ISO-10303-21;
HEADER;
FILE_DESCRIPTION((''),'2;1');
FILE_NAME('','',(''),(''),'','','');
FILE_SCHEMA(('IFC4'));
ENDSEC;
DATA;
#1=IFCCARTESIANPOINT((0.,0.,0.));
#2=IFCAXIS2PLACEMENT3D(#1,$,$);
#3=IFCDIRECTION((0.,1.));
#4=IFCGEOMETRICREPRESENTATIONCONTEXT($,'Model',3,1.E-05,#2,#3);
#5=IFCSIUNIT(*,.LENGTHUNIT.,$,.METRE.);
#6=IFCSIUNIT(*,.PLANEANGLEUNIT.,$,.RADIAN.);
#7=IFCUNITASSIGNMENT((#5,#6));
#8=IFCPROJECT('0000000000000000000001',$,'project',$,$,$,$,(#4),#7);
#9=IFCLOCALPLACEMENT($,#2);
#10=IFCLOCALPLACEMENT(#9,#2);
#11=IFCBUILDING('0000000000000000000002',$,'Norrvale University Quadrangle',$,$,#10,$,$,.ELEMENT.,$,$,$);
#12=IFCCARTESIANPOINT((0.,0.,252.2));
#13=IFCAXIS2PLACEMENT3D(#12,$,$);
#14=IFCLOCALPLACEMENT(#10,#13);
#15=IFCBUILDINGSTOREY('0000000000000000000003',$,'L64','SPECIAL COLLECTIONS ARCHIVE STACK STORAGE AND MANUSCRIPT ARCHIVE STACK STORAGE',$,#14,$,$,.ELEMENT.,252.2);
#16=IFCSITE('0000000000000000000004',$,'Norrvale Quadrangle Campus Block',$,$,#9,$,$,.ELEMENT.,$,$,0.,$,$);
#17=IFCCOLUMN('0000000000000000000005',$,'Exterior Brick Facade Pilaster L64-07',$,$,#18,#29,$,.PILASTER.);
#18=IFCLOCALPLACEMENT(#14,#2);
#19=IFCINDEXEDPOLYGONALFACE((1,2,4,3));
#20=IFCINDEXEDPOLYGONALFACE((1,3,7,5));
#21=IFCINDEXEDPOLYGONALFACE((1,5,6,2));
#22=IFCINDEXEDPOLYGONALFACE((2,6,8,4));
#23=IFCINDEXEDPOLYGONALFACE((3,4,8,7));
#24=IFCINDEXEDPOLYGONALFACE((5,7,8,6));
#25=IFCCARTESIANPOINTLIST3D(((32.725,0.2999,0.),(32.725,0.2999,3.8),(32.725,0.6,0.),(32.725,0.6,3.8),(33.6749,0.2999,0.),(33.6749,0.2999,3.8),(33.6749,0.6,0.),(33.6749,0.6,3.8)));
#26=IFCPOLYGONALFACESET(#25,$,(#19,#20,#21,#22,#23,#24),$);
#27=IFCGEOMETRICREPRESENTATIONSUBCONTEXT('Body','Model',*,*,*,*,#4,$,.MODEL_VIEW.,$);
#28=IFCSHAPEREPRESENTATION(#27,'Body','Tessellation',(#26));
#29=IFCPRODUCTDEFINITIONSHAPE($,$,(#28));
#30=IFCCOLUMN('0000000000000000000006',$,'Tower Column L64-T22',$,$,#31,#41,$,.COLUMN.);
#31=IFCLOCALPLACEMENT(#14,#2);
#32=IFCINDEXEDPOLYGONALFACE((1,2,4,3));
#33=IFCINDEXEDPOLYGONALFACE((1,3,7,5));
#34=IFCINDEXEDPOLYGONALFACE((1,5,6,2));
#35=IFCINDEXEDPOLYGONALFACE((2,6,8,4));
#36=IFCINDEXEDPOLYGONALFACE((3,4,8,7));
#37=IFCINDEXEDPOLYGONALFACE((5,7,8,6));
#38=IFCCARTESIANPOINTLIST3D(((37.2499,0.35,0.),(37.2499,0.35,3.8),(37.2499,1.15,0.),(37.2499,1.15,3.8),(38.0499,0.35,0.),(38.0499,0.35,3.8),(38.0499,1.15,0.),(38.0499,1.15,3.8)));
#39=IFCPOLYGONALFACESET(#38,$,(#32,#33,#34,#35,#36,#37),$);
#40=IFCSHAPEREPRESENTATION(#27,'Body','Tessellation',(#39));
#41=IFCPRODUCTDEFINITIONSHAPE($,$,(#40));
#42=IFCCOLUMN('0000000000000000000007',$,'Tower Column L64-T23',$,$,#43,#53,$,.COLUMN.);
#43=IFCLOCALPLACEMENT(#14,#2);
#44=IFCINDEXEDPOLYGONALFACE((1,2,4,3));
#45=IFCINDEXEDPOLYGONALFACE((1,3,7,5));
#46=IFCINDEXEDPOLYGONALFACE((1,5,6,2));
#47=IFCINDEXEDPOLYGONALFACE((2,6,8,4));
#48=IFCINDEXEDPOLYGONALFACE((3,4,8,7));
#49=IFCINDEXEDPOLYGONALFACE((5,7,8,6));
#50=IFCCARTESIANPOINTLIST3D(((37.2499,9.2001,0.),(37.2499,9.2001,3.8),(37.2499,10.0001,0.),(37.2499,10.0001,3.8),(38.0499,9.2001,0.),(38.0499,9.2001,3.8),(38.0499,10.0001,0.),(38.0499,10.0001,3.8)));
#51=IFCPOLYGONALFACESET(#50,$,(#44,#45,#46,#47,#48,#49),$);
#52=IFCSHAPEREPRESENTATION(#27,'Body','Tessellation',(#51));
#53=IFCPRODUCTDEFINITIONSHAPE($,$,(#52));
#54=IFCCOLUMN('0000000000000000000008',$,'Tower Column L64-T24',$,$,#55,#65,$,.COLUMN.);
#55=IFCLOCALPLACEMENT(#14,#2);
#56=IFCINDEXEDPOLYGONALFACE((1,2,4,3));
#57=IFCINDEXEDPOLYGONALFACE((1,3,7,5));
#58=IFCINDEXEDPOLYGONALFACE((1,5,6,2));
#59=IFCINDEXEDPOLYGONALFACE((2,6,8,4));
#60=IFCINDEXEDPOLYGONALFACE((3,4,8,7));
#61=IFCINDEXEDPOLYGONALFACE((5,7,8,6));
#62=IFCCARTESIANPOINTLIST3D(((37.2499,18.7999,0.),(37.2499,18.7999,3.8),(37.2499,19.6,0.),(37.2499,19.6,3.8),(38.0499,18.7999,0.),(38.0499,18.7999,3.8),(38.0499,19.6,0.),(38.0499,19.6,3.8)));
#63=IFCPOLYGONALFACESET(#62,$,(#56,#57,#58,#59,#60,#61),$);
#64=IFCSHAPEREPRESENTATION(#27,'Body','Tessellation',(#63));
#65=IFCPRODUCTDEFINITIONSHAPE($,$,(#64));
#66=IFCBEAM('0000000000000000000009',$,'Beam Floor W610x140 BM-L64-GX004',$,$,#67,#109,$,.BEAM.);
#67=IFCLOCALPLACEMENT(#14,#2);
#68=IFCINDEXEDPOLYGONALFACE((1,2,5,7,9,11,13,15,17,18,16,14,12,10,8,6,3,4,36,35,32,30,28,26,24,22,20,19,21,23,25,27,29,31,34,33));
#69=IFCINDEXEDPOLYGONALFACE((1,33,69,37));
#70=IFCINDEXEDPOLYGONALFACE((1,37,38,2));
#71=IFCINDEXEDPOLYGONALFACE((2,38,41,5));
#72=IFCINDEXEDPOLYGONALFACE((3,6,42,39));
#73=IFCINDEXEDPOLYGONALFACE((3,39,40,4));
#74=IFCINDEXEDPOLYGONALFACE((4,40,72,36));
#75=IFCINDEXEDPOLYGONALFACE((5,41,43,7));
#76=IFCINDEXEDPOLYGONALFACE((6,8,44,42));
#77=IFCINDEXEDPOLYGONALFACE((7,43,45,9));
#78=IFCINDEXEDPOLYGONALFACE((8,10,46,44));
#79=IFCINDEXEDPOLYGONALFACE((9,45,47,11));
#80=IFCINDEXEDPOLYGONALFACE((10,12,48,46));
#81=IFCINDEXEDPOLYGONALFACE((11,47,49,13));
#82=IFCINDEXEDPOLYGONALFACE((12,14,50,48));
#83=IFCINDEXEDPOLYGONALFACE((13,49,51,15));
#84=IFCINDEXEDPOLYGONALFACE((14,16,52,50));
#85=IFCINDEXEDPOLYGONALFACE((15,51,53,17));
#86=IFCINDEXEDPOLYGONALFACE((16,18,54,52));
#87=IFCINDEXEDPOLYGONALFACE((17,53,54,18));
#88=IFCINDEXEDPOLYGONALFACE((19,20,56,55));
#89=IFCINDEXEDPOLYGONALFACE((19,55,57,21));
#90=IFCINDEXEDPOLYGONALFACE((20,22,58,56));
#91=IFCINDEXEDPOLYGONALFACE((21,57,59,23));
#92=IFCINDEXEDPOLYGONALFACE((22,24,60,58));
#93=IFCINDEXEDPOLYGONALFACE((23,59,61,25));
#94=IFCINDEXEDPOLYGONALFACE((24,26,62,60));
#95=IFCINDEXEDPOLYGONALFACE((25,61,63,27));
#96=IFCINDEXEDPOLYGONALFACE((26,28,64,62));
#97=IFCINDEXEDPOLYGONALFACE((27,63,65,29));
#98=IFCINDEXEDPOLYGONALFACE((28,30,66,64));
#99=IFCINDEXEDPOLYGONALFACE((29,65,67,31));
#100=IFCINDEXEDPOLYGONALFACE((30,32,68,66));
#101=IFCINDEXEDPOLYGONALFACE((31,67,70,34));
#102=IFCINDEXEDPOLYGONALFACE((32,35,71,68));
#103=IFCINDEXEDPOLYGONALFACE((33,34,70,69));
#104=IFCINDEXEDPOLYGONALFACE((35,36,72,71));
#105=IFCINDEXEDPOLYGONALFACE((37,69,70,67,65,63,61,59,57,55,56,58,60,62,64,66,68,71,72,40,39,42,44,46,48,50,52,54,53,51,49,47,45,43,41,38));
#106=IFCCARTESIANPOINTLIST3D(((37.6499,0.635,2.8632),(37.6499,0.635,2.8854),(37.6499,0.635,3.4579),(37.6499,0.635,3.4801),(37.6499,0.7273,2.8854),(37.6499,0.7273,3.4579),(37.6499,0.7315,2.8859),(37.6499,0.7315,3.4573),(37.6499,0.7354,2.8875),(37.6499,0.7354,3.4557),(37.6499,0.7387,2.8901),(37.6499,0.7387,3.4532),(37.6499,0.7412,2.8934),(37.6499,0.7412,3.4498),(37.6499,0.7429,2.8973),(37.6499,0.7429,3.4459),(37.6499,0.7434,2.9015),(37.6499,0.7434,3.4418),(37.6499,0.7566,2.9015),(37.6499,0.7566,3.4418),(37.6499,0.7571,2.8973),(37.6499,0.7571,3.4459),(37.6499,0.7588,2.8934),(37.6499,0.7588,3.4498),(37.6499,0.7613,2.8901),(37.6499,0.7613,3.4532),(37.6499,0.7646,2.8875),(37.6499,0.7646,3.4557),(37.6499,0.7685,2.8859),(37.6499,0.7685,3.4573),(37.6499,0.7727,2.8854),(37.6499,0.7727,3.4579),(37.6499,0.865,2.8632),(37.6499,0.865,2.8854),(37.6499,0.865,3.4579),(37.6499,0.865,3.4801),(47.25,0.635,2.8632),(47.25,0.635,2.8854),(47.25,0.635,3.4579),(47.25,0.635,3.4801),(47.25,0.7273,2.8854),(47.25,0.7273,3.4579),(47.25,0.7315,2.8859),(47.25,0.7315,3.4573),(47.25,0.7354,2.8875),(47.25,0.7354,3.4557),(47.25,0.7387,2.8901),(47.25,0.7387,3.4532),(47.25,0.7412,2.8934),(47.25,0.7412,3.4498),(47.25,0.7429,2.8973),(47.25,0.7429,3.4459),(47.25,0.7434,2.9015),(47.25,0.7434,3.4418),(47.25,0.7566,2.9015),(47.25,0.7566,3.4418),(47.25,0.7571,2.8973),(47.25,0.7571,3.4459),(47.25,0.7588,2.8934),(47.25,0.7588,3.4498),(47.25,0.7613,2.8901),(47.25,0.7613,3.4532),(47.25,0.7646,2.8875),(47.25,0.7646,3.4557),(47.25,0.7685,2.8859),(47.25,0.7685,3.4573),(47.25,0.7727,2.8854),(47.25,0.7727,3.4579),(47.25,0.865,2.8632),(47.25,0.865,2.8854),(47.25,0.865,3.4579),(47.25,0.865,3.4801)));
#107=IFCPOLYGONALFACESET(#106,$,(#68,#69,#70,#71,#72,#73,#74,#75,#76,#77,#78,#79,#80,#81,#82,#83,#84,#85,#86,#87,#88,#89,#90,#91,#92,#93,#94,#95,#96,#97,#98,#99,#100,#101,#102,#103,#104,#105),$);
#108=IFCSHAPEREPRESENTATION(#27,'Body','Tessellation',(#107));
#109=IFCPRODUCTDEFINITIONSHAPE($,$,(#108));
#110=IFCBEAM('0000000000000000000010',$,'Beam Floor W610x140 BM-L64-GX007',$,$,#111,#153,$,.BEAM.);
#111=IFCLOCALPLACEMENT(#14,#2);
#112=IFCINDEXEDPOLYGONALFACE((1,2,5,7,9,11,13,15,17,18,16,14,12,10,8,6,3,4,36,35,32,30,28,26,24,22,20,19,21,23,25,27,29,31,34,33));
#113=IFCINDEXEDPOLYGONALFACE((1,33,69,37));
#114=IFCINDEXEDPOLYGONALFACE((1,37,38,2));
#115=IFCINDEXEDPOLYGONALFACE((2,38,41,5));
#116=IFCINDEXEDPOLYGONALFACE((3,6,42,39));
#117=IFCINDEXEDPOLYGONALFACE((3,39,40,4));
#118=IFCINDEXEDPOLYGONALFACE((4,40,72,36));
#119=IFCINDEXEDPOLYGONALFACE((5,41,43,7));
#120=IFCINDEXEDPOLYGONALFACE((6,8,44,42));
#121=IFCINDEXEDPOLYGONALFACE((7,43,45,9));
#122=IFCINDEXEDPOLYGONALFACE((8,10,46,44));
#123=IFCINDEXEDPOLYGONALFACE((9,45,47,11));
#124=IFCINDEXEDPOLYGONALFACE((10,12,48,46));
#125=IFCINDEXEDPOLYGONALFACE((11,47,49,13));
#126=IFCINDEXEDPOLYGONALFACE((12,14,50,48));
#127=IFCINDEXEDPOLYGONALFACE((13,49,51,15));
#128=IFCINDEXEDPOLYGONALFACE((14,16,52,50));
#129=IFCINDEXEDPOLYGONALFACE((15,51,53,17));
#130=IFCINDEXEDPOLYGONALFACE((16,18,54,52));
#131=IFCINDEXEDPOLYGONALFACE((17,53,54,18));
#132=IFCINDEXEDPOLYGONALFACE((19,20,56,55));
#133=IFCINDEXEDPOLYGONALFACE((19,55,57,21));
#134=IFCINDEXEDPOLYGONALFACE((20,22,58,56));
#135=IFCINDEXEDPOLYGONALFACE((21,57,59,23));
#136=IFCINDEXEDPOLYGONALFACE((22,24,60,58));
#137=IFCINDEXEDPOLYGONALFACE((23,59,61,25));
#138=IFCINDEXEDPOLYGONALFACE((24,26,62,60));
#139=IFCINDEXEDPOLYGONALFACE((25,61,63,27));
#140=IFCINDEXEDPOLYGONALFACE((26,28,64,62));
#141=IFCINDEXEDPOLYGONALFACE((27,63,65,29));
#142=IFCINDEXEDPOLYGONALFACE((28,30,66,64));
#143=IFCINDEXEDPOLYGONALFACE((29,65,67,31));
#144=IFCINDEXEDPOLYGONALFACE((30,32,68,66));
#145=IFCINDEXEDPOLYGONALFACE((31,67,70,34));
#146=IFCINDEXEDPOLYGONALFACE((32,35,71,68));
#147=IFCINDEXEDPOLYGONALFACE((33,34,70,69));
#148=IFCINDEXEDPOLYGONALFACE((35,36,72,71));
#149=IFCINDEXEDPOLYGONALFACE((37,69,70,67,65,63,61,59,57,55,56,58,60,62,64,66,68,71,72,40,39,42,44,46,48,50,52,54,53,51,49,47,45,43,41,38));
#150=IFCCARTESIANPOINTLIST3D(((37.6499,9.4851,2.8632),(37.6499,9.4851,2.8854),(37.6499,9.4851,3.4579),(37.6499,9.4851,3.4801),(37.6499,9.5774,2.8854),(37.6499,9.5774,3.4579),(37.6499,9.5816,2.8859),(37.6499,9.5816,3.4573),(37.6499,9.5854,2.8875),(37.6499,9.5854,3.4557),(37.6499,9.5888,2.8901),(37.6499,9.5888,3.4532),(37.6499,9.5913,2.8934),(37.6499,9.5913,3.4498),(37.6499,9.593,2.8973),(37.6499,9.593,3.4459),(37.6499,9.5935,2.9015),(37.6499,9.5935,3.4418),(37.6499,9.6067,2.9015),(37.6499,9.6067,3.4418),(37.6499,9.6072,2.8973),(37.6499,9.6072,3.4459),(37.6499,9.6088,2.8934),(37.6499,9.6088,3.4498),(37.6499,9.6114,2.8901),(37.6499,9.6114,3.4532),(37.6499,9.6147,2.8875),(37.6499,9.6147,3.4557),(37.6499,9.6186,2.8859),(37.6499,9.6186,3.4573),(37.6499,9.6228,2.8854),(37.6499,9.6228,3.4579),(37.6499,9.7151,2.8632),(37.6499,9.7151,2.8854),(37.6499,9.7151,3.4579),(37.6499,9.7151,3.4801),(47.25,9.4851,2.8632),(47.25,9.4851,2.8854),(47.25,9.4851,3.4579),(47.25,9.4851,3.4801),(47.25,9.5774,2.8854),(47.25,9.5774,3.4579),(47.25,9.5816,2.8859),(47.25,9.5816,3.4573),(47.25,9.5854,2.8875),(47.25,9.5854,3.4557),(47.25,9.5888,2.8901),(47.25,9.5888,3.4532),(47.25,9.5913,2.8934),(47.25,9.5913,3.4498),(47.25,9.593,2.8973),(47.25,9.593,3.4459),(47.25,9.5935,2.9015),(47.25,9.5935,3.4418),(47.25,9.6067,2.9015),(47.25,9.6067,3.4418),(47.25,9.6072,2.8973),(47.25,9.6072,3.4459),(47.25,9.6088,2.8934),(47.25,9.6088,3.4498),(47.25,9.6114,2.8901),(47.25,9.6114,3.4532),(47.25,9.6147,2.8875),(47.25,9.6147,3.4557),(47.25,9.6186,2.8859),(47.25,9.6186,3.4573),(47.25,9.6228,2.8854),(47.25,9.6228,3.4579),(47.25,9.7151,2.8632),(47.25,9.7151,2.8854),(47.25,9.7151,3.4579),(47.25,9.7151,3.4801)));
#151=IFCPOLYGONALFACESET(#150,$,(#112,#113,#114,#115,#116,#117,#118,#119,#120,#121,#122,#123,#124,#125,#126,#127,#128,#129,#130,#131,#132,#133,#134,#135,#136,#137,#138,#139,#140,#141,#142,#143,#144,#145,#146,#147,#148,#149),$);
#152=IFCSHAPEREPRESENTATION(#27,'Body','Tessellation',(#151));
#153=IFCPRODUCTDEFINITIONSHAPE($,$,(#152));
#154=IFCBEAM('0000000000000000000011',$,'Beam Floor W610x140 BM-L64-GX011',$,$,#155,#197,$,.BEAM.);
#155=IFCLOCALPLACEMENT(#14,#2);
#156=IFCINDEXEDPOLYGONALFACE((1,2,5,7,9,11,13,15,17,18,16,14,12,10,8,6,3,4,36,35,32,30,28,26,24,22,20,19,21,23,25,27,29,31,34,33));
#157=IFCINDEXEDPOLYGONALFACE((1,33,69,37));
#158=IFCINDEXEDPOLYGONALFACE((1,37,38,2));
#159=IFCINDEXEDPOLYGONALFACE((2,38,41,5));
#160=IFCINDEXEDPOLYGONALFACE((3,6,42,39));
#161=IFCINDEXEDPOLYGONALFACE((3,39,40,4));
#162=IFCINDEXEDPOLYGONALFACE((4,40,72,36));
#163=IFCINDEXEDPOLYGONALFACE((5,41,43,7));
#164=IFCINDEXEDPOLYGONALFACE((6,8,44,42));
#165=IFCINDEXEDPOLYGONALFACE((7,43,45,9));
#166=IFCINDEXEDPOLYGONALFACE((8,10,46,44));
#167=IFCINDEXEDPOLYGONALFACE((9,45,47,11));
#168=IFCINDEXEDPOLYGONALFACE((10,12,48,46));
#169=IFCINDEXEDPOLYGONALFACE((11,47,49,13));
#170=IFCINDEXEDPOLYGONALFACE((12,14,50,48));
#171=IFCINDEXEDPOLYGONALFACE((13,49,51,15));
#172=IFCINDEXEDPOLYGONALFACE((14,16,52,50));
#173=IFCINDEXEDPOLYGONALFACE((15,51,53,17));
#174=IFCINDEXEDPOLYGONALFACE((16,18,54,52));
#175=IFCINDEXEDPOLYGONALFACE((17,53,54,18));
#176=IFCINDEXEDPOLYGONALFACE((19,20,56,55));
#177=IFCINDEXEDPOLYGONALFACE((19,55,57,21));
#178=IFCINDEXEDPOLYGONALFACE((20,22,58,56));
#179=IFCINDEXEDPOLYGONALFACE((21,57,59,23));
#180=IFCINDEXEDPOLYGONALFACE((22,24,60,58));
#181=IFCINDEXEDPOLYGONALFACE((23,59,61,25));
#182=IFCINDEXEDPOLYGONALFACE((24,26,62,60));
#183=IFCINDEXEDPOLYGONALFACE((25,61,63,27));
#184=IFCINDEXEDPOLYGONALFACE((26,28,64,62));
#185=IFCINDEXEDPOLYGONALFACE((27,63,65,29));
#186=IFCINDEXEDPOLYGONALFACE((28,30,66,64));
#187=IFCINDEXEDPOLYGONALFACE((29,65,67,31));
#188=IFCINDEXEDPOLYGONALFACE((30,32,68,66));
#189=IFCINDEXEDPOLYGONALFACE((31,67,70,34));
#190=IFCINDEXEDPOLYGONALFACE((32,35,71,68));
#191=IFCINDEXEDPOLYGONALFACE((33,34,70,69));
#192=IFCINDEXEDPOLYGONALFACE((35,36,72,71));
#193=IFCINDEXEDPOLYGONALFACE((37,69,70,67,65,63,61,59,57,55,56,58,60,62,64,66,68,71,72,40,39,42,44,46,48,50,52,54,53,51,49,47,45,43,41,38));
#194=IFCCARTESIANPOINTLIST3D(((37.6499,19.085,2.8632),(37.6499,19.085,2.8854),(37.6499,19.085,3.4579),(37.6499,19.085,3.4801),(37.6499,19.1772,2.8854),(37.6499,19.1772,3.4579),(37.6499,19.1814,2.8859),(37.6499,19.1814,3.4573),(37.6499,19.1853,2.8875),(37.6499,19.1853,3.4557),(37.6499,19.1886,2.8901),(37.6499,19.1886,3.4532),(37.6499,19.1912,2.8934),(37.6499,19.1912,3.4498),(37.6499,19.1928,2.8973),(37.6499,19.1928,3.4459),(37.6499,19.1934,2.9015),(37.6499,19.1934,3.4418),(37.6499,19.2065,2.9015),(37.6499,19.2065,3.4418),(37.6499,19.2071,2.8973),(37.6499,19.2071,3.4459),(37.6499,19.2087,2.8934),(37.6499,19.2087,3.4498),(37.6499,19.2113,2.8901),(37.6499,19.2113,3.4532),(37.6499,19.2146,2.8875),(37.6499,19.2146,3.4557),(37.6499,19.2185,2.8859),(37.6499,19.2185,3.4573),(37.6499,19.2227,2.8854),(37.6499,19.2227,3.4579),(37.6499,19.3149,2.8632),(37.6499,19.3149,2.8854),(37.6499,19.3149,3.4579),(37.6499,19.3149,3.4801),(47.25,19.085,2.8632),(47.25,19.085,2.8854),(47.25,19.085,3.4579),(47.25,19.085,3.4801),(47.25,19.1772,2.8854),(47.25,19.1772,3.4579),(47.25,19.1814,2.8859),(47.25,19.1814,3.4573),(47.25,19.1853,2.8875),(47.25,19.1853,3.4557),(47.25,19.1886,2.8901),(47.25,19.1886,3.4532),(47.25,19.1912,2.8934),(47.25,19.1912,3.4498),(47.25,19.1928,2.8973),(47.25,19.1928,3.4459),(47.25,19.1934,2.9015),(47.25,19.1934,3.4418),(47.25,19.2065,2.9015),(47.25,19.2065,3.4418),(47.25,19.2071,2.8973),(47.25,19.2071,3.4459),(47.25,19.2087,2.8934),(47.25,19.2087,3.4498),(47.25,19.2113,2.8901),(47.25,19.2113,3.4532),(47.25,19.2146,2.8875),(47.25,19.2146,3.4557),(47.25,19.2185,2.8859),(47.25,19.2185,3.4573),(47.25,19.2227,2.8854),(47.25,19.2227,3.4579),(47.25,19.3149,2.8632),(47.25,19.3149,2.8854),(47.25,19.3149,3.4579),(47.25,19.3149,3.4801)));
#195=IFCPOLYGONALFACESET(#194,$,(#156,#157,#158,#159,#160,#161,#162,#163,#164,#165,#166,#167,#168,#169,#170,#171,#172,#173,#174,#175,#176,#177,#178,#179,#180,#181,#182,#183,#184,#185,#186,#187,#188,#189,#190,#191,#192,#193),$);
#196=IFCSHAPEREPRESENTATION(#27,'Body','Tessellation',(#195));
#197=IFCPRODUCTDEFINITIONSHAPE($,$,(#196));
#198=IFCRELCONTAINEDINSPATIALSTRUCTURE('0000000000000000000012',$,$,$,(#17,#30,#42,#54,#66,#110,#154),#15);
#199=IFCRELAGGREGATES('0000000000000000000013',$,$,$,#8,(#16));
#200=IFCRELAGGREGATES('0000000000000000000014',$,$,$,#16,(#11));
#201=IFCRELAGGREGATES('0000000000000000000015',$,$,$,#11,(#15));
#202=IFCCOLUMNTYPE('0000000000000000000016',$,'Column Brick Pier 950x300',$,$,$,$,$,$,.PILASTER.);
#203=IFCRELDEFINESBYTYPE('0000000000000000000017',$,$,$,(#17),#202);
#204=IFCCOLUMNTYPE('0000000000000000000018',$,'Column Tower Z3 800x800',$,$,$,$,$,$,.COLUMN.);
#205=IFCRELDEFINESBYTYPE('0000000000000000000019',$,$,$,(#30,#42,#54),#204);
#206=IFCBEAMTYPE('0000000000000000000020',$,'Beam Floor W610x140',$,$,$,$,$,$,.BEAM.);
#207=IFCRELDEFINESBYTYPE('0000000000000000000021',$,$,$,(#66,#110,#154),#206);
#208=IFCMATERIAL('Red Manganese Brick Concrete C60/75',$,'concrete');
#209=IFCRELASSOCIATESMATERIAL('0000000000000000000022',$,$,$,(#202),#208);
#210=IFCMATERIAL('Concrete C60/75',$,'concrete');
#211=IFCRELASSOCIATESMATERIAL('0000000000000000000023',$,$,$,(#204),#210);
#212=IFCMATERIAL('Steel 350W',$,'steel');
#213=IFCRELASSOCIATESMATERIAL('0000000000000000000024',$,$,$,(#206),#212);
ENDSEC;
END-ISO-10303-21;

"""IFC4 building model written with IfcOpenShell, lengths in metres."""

from ifc_helpers import new_model, si_unit, direction, frame, origin, origin_2d, place, context, subcontext, project, spatial, rectangle, i_section, extrude, material, material_profile, profile_set, type_object, element, save


model = new_model("IFC4")

# Units and contexts
model_context = context("Model", 3, precision=1e-05, world=origin(), true_north=direction((0.0, 1.0)))
body_context = subcontext(model_context, "Body", "Model", "MODEL_VIEW")
ifc_project = project(units=[si_unit("LENGTHUNIT", "METRE"), si_unit("PLANEANGLEUNIT", "RADIAN")], contexts=[model_context])

# Site, building, storey
site_placement = place(None, origin())
site = spatial("IfcSite", under=ifc_project, at=site_placement, Name="Norrvale Quadrangle Campus Block", CompositionType="ELEMENT", RefElevation=0.0)
building_placement = place(site_placement, origin())
building = spatial("IfcBuilding", under=site, at=building_placement, Name="Norrvale University Quadrangle", CompositionType="ELEMENT")
storey_placement = place(building_placement, frame((0.0, 0.0, 252.2)))
storey = spatial("IfcBuildingStorey", under=building, at=storey_placement, Name="L64", Description="SPECIAL COLLECTIONS ARCHIVE STACK STORAGE AND MANUSCRIPT ARCHIVE STACK STORAGE", CompositionType="ELEMENT", Elevation=252.2)

# Columns
ifc_material_1 = material(Name="Red Manganese Brick Concrete C60/75", Category="concrete")
ifc_material_profile_1 = material_profile(ifc_material_1, rectangle(XDim=0.95, YDim=0.3, at=origin_2d()), Name="Red Manganese Brick Concrete C60/75")
ifc_profile_set_1 = profile_set([ifc_material_profile_1], Name="Red Manganese Brick Concrete C60/75")
column_type_1 = type_object("IfcColumnType", Name="Column Brick Pier 950x300", PredefinedType="PILASTER", material=ifc_profile_set_1)
column_placement = place(storey_placement, frame((33.2, 0.45, 0.0), z_axis=(0.0, 0.0, 1.0), x_axis=(1.0, 0.0, 0.0)))
element("IfcColumn", 1, at=column_placement, inside=storey, type_object=column_type_1, Name="Exterior Brick Facade Pilaster L64-07", PredefinedType="PILASTER", context=body_context, shape_type="SweptSolid", body=[
    extrude(rectangle(XDim=0.95, YDim=0.3, at=origin_2d()), origin(), (0.0, 0.0, 1.0), 3.8),
])
ifc_material_2 = material(Name="Concrete C60/75", Category="concrete")
ifc_material_profile_2 = material_profile(ifc_material_2, rectangle(XDim=0.8, YDim=0.8, at=origin_2d()), Name="Concrete C60/75")
ifc_profile_set_2 = profile_set([ifc_material_profile_2], Name="Concrete C60/75")
column_type_2 = type_object("IfcColumnType", Name="Column Tower Z3 800x800", PredefinedType="COLUMN", material=ifc_profile_set_2)
for number, where, z_axis, x_axis, name in (
    (2, (37.6499, 0.75, 0.0), (0.0, 0.0, 1.0), (1.0, 0.0, 0.0), "Tower Column L64-T22"),
    (3, (37.6499, 9.6001, 0.0), (0.0, 0.0, 1.0), (1.0, 0.0, 0.0), "Tower Column L64-T23"),
    (4, (37.6499, 19.2, 0.0), (0.0, 0.0, 1.0), (1.0, 0.0, 0.0), "Tower Column L64-T24"),
):
    element("IfcColumn", number, at=place(storey_placement, frame(where, z_axis=z_axis, x_axis=x_axis)), inside=storey, type_object=column_type_2, Name=name, PredefinedType="COLUMN", context=body_context, shape_type="SweptSolid", body=[
        extrude(rectangle(XDim=0.8, YDim=0.8, at=origin_2d()), origin(), (0.0, 0.0, 1.0), 3.8),
    ])

# Beams
ifc_material_3 = material(Name="Steel 350W", Category="steel")
ifc_material_profile_3 = material_profile(ifc_material_3, i_section(OverallWidth=0.23, OverallDepth=0.6169, WebThickness=0.0132, FlangeThickness=0.0222, FilletRadius=0.0161, at=origin_2d()), Name="Steel 350W")
ifc_profile_set_3 = profile_set([ifc_material_profile_3], Name="Steel 350W")
beam_type_1 = type_object("IfcBeamType", Name="Beam Floor W610x140", PredefinedType="BEAM", material=ifc_profile_set_3)
for number, where, z_axis, x_axis, name in (
    (5, (37.6499, 0.75, 3.1716), (1.0, 0.0, 0.0), (0.0, 1.0, 0.0), "Beam Floor W610x140 BM-L64-GX004"),
    (6, (37.6499, 9.6001, 3.1716), (1.0, 0.0, 0.0), (0.0, 1.0, 0.0), "Beam Floor W610x140 BM-L64-GX007"),
    (7, (37.6499, 19.2, 3.1716), (1.0, 0.0, 0.0), (0.0, 1.0, 0.0), "Beam Floor W610x140 BM-L64-GX011"),
):
    element("IfcBeam", number, at=place(storey_placement, frame(where, z_axis=z_axis, x_axis=x_axis)), inside=storey, type_object=beam_type_1, Name=name, PredefinedType="BEAM", context=body_context, shape_type="SweptSolid", body=[
        extrude(i_section(OverallWidth=0.23, OverallDepth=0.6169, WebThickness=0.0132, FlangeThickness=0.0222, FilletRadius=0.0161, at=origin_2d()), origin(), (0.0, 0.0, 1.0), 9.6001),
    ])

save(model, "model.ifc")
